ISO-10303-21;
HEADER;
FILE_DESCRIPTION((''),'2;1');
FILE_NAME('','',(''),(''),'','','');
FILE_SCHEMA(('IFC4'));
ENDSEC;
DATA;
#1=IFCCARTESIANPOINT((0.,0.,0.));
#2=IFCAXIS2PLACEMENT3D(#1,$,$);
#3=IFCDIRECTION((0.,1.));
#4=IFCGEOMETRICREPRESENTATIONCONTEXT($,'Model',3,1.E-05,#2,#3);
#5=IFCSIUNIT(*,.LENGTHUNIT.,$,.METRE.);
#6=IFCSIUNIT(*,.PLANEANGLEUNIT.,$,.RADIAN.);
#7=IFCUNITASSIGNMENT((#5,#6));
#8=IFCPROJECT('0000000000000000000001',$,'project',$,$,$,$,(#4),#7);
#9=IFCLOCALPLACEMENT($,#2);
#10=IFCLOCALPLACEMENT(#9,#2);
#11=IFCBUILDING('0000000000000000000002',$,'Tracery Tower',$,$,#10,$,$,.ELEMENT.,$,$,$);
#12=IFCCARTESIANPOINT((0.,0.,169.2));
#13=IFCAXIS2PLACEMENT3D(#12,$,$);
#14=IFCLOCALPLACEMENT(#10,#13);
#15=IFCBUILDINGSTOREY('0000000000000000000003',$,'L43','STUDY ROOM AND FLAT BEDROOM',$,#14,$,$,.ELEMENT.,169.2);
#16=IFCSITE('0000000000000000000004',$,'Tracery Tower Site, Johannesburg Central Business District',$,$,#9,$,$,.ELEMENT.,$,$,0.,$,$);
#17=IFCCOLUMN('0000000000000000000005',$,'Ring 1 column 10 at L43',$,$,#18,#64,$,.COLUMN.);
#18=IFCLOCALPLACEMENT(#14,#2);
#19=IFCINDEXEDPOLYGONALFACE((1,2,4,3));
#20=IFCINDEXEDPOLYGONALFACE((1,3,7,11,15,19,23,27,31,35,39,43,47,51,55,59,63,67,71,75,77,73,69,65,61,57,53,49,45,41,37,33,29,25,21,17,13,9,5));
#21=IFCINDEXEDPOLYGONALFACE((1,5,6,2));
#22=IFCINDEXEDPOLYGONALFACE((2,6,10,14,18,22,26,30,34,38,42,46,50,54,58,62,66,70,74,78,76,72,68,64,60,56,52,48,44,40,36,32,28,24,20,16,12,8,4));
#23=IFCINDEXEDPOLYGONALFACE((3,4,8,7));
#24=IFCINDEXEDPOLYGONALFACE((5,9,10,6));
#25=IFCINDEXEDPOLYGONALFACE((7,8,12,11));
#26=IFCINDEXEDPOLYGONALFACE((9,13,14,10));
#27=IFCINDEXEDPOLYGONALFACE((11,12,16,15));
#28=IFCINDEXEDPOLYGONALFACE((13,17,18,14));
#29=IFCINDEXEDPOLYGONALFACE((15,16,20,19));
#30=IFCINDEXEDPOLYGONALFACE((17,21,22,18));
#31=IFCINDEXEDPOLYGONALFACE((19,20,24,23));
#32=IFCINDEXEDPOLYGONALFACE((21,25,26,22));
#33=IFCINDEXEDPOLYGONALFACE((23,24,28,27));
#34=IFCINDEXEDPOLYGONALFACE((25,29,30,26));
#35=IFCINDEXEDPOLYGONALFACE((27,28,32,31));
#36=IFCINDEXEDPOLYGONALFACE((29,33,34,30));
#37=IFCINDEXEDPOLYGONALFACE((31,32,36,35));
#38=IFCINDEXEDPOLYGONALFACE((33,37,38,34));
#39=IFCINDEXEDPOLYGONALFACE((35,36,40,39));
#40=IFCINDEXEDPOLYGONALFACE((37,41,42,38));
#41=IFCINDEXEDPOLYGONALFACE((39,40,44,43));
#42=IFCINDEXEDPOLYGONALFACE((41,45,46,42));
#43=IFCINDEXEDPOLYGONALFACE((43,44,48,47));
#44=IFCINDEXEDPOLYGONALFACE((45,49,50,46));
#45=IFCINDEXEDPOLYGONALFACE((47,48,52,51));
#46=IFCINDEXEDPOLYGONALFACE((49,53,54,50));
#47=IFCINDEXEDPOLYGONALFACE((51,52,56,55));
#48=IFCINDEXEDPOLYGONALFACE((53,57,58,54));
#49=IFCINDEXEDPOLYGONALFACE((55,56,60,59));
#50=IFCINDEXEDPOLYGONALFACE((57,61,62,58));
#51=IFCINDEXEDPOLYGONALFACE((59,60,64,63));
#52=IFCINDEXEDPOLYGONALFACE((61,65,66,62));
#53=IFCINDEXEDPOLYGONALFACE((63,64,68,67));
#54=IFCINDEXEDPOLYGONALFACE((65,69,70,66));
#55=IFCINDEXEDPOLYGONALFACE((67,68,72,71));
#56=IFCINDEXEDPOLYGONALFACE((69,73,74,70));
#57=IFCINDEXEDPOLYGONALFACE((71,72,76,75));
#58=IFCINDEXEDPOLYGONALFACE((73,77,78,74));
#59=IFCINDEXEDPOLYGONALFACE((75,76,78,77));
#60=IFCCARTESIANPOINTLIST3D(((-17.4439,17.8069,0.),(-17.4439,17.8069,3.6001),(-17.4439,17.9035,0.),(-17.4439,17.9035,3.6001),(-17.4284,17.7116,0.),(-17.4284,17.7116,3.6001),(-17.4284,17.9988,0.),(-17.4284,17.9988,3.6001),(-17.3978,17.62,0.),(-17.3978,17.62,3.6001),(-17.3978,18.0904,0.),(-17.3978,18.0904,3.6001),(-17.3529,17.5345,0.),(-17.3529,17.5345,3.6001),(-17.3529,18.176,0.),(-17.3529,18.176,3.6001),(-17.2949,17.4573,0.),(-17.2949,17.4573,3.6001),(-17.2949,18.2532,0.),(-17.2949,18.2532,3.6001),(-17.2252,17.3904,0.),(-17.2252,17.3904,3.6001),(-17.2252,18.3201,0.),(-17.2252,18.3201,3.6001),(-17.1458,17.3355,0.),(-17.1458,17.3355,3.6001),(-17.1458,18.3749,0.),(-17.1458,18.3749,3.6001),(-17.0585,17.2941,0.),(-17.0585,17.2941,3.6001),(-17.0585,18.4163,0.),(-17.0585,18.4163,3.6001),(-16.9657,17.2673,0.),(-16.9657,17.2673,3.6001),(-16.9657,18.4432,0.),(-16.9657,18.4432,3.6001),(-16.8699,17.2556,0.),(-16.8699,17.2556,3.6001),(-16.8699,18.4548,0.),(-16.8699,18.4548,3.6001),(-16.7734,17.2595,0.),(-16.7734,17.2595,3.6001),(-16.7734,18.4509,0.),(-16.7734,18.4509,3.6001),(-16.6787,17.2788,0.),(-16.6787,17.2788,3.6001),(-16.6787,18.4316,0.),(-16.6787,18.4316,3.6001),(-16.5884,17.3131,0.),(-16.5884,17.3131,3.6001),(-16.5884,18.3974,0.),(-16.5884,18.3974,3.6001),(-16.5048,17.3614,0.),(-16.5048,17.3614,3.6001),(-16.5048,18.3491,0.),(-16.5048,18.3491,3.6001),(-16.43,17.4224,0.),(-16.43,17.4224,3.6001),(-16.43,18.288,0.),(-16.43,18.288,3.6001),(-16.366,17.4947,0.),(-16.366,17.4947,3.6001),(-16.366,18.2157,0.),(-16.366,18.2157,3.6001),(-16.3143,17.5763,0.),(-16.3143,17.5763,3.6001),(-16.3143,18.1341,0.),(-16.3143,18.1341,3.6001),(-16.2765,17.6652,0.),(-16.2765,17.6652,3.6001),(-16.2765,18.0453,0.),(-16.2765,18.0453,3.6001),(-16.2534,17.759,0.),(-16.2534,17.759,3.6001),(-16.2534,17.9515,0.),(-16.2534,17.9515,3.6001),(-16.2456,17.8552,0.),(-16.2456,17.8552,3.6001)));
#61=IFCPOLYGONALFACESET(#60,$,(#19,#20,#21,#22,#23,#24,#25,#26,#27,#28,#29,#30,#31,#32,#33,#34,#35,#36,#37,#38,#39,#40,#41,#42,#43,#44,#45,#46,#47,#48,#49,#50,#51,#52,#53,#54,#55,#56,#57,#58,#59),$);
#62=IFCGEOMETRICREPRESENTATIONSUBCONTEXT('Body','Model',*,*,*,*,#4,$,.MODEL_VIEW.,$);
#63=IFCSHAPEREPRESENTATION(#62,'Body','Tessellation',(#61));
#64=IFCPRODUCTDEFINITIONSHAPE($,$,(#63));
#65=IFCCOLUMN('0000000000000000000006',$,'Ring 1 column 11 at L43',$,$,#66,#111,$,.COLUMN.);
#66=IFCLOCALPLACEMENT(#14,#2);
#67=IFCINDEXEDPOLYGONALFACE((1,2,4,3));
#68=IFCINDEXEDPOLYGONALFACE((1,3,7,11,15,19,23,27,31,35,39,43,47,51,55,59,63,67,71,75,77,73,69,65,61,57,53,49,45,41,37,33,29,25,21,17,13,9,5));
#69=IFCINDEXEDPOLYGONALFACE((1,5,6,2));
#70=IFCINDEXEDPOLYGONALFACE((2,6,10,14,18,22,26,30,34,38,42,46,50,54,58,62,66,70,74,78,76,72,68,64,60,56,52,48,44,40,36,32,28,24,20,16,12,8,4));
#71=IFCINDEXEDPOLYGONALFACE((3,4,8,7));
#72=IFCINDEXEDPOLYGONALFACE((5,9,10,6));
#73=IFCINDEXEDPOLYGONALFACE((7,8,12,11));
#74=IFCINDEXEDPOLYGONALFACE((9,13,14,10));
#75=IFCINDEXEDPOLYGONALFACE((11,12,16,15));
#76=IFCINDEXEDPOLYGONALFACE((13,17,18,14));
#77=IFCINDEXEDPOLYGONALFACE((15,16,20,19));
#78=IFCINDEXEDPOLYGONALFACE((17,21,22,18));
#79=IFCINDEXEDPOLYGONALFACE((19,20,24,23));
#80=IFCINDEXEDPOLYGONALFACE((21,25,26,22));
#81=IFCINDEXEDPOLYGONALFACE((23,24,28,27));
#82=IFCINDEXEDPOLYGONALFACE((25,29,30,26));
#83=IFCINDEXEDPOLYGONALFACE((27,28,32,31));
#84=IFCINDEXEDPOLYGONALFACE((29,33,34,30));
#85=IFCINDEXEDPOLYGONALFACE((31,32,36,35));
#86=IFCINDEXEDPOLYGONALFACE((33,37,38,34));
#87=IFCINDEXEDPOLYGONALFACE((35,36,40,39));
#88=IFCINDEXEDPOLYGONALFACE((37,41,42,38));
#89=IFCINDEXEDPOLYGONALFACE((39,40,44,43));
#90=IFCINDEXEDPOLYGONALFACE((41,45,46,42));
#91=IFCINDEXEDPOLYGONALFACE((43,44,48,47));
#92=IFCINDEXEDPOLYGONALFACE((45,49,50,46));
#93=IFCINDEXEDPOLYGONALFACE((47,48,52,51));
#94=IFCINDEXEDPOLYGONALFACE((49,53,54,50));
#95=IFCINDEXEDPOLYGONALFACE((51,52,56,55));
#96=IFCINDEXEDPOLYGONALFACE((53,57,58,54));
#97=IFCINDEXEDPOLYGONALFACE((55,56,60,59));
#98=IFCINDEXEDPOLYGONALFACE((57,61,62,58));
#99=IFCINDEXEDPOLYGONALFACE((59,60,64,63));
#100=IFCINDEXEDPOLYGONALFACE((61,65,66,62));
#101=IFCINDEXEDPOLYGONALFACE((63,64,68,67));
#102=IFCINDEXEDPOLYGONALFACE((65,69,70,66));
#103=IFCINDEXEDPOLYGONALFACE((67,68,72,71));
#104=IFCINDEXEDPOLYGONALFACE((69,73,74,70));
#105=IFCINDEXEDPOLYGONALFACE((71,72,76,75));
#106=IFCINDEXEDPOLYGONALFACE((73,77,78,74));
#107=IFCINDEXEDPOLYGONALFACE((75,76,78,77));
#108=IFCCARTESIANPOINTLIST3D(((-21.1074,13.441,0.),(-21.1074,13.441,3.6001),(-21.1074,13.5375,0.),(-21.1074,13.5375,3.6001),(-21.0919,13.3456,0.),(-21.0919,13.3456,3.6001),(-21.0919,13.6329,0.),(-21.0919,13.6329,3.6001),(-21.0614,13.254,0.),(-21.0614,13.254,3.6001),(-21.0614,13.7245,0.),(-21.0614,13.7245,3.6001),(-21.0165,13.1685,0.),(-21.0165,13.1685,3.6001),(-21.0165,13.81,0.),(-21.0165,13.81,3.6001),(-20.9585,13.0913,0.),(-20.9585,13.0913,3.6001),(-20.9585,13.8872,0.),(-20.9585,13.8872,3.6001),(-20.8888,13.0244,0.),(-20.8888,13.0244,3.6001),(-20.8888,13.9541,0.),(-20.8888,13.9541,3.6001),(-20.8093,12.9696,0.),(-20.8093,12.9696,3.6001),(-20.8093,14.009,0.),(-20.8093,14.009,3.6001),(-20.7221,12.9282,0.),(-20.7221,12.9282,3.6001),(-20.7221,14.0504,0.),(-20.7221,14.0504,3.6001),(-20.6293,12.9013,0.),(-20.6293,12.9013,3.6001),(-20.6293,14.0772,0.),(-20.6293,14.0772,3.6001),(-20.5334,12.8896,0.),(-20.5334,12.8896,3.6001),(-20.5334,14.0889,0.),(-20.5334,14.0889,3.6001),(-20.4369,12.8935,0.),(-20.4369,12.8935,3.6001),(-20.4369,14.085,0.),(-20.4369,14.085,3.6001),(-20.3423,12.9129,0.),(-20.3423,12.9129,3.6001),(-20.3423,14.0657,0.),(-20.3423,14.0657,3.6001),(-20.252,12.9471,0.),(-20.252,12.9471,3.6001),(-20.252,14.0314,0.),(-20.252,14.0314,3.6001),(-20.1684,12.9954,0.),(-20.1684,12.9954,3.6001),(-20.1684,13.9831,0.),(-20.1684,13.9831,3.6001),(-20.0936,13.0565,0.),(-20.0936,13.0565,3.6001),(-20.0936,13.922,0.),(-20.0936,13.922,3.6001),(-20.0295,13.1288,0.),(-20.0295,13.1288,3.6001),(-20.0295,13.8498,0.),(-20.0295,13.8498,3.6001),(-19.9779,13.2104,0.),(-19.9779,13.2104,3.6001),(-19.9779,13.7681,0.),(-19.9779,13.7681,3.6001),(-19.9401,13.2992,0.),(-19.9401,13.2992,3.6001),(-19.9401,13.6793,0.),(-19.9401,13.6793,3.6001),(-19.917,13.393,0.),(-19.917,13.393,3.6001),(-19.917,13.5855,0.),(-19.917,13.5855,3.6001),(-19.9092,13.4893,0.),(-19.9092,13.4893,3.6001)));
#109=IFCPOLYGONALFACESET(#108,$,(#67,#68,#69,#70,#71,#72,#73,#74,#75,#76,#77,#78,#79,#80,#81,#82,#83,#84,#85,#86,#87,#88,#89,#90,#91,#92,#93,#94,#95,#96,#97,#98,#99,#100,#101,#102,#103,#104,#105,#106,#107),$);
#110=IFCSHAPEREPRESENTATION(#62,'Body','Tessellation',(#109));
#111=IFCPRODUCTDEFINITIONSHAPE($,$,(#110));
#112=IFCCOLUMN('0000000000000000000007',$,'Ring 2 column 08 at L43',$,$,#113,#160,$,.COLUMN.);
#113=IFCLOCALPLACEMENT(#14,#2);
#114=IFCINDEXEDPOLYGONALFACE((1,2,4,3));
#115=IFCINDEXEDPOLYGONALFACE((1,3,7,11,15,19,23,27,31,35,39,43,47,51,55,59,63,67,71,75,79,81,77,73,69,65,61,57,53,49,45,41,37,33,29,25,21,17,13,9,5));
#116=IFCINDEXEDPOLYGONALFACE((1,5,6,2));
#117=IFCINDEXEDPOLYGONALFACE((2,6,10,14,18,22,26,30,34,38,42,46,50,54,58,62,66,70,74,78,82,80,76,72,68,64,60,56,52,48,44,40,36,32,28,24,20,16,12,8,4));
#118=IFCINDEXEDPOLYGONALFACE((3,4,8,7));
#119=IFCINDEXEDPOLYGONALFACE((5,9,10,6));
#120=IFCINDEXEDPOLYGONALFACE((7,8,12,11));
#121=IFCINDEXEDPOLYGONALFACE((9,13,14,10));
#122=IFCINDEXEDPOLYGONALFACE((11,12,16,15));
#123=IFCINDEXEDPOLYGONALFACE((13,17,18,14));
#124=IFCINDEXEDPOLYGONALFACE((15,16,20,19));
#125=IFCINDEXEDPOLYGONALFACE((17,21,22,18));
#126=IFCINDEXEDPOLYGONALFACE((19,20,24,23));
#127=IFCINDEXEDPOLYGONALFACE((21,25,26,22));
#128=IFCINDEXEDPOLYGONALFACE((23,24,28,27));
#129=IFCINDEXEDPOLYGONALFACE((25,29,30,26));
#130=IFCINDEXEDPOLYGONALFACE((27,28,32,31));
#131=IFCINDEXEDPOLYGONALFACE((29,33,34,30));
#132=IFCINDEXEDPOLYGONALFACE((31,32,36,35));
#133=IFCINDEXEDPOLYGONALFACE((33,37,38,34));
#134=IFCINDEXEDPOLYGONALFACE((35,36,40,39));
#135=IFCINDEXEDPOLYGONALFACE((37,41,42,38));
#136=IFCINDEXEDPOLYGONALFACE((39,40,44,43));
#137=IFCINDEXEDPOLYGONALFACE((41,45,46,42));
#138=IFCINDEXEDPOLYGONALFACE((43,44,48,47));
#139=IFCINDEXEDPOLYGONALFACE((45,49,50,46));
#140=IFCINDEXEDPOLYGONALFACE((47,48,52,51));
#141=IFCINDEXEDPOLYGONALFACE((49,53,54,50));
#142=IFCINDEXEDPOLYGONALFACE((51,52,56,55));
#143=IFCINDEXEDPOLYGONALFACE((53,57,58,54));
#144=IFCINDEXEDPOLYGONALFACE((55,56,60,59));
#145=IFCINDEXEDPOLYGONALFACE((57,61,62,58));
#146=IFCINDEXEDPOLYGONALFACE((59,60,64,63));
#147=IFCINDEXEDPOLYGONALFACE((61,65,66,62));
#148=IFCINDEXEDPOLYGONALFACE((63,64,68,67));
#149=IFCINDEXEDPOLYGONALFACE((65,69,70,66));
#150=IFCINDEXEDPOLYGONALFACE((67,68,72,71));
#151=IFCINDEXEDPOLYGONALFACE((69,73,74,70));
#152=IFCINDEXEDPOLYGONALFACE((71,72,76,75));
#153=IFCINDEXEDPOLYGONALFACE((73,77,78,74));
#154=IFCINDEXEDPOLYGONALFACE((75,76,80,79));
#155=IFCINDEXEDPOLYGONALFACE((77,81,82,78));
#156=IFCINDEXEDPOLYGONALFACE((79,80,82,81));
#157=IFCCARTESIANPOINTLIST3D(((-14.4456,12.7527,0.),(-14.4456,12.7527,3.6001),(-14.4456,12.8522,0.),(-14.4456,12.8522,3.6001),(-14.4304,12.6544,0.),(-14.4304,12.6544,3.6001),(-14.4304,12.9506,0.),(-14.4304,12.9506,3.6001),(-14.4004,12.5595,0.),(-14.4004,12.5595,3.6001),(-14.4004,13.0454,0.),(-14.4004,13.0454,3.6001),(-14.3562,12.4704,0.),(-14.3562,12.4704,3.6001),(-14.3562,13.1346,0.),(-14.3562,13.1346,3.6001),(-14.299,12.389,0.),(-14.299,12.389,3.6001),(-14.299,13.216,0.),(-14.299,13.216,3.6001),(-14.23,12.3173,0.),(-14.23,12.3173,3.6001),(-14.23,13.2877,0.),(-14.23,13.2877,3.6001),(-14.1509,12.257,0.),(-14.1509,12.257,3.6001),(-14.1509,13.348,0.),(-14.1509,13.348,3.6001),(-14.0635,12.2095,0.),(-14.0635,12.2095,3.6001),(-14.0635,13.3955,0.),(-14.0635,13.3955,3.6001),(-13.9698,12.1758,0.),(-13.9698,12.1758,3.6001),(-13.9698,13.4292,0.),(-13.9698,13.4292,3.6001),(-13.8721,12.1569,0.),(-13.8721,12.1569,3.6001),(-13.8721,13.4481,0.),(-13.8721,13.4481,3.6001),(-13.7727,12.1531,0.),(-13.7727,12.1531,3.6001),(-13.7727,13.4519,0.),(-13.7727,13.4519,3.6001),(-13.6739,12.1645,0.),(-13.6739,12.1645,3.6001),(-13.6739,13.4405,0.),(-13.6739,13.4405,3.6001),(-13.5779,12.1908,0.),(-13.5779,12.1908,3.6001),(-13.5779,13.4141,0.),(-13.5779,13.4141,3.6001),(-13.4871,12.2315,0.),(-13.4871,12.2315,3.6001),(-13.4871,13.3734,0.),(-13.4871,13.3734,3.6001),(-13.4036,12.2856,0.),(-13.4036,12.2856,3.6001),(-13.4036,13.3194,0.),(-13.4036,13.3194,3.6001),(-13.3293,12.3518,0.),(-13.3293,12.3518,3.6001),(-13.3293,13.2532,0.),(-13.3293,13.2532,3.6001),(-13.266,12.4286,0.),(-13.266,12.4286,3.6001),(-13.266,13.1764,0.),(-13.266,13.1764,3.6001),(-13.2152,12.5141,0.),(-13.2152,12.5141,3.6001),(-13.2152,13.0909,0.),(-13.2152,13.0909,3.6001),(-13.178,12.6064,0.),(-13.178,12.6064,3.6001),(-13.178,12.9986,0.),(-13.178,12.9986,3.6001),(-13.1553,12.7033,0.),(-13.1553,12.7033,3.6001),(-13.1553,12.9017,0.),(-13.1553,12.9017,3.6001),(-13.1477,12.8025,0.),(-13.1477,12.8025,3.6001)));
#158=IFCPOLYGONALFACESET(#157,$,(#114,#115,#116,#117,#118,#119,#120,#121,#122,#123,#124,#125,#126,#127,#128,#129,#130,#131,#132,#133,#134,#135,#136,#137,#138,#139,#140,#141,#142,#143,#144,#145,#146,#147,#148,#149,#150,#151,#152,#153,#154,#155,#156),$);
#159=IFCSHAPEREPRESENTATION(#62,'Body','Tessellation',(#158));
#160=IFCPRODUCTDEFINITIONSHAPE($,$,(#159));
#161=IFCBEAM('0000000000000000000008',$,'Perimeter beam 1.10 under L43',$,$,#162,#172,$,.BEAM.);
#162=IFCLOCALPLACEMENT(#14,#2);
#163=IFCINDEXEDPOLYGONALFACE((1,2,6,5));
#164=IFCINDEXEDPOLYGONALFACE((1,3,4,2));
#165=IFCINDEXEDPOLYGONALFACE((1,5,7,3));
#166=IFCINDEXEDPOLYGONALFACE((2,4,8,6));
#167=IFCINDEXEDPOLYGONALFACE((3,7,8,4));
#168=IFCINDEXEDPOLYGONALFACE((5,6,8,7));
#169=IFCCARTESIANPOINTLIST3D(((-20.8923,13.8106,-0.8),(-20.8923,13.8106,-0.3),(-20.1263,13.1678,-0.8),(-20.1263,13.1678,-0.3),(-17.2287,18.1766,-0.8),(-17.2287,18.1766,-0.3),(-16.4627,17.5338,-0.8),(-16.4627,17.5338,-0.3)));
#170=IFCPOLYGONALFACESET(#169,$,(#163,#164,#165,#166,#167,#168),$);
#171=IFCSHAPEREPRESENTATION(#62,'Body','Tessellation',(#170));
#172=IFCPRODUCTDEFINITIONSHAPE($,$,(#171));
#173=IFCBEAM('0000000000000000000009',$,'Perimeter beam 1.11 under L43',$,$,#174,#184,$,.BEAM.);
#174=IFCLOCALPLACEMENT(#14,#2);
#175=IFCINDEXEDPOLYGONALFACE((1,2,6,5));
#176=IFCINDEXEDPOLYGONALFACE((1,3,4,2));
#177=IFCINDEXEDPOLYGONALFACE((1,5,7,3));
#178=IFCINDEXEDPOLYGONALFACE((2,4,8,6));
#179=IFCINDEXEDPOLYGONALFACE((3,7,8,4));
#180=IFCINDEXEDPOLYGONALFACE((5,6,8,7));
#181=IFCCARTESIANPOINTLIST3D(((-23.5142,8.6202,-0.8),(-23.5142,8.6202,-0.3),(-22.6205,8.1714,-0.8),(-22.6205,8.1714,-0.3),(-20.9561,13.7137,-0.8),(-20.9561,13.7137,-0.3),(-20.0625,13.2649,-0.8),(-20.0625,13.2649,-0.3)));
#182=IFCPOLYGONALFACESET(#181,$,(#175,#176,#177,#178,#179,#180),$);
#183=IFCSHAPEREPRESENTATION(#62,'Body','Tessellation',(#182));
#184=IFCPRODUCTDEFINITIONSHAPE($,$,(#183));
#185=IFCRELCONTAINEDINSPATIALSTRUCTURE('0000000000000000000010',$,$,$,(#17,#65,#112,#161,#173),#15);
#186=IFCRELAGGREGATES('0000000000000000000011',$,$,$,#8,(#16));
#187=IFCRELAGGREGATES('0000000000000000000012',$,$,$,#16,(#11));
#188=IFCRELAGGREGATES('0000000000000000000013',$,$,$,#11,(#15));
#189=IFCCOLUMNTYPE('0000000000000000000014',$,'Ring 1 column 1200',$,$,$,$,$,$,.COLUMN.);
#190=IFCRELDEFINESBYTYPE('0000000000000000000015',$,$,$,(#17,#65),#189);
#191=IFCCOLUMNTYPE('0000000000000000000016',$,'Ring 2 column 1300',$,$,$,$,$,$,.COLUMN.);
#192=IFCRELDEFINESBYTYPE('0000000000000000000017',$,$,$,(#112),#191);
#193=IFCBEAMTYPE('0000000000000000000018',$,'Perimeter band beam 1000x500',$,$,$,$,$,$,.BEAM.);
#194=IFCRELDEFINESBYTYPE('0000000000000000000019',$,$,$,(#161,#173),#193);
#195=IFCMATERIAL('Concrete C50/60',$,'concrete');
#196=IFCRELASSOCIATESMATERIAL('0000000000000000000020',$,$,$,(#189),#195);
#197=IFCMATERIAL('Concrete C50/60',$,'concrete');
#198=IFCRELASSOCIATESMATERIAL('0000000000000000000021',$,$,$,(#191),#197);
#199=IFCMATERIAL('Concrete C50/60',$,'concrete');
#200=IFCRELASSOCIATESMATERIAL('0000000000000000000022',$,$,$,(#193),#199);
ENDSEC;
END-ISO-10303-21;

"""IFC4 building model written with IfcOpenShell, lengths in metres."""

from ifc_helpers import new_model, si_unit, direction, frame, origin, origin_2d, place, context, subcontext, project, spatial, rectangle, circle, extrude, material, material_profile, profile_set, type_object, element, save


model = new_model("IFC4")

# Units and contexts
model_context = context("Model", 3, precision=1e-05, world=origin(), true_north=direction((0.0, 1.0)))
body_context = subcontext(model_context, "Body", "Model", "MODEL_VIEW")
ifc_project = project(units=[si_unit("LENGTHUNIT", "METRE"), si_unit("PLANEANGLEUNIT", "RADIAN")], contexts=[model_context])

# Site, building, storey
site_placement = place(None, origin())
site = spatial("IfcSite", under=ifc_project, at=site_placement, Name="Tracery Tower Site, Johannesburg Central Business District", CompositionType="ELEMENT", RefElevation=0.0)
building_placement = place(site_placement, origin())
building = spatial("IfcBuilding", under=site, at=building_placement, Name="Tracery Tower", CompositionType="ELEMENT")
storey_placement = place(building_placement, frame((0.0, 0.0, 169.2)))
storey = spatial("IfcBuildingStorey", under=building, at=storey_placement, Name="L43", Description="STUDY ROOM AND FLAT BEDROOM", CompositionType="ELEMENT", Elevation=169.2)

# Columns
ifc_material_1 = material(Name="Concrete C50/60", Category="concrete")
ifc_material_profile_1 = material_profile(ifc_material_1, circle(Radius=0.6001, at=origin_2d()), Name="RC D1200")
ifc_profile_set_1 = profile_set([ifc_material_profile_1], Name="Concrete C50/60")
column_type_1 = type_object("IfcColumnType", Name="Ring 1 column 1200", PredefinedType="COLUMN", material=ifc_profile_set_1)
for number, where, z_axis, x_axis, name in (
    (1, (-16.8457, 17.8552, 0.0), (0.0, 0.0, 1.0), (1.0, 0.0, 0.0), "Ring 1 column 10 at L43"),
    (2, (-20.5093, 13.4893, 0.0), (0.0, 0.0, 1.0), (1.0, 0.0, 0.0), "Ring 1 column 11 at L43"),
):
    element("IfcColumn", number, at=place(storey_placement, frame(where, z_axis=z_axis, x_axis=x_axis)), inside=storey, type_object=column_type_1, Name=name, PredefinedType="COLUMN", context=body_context, shape_type="SweptSolid", body=[
        extrude(circle(Radius=0.6001, at=origin_2d()), origin(), (0.0, 0.0, 1.0), 3.6001),
    ])
ifc_material_2 = material(Name="Concrete C50/60", Category="concrete")
ifc_material_profile_2 = material_profile(ifc_material_2, circle(Radius=0.6499, at=origin_2d()), Name="RC D1300")
ifc_profile_set_2 = profile_set([ifc_material_profile_2], Name="Concrete C50/60")
column_type_2 = type_object("IfcColumnType", Name="Ring 2 column 1300", PredefinedType="COLUMN", material=ifc_profile_set_2)
column_placement = place(storey_placement, frame((-13.7976, 12.8025, 0.0), z_axis=(0.0, 0.0, 1.0), x_axis=(1.0, 0.0, 0.0)))
element("IfcColumn", 3, at=column_placement, inside=storey, type_object=column_type_2, Name="Ring 2 column 08 at L43", PredefinedType="COLUMN", context=body_context, shape_type="SweptSolid", body=[
    extrude(circle(Radius=0.6499, at=origin_2d()), origin(), (0.0, 0.0, 1.0), 3.6001),
])

# Beams
ifc_material_3 = material(Name="Concrete C50/60", Category="concrete")
ifc_material_profile_3 = material_profile(ifc_material_3, rectangle(XDim=1.0, YDim=0.5, at=origin_2d()), Name="RC 1000x500")
ifc_profile_set_3 = profile_set([ifc_material_profile_3], Name="Concrete C50/60")
beam_type = type_object("IfcBeamType", Name="Perimeter band beam 1000x500", PredefinedType="BEAM", material=ifc_profile_set_3)
beam_1_placement = place(storey_placement, frame((-16.8457, 17.8552, -0.55), z_axis=(-0.642797, -0.766036, 0.0), x_axis=(0.766036, -0.642797, 0.0)))
element("IfcBeam", 4, at=beam_1_placement, inside=storey, type_object=beam_type, Name="Perimeter beam 1.10 under L43", PredefinedType="BEAM", context=body_context, shape_type="SweptSolid", body=[
    extrude(rectangle(XDim=1.0, YDim=0.5, at=origin_2d()), origin(), (0.0, 0.0, 1.0), 5.6995),
])
beam_2_placement = place(storey_placement, frame((-20.5093, 13.4893, -0.55), z_axis=(-0.448806, -0.893629, 0.0), x_axis=(0.893629, -0.448806, 0.0)))
element("IfcBeam", 5, at=beam_2_placement, inside=storey, type_object=beam_type, Name="Perimeter beam 1.11 under L43", PredefinedType="BEAM", context=body_context, shape_type="SweptSolid", body=[
    extrude(rectangle(XDim=1.0, YDim=0.5, at=origin_2d()), origin(), (0.0, 0.0, 1.0), 5.6997),
])

save(model, "model.ifc")
